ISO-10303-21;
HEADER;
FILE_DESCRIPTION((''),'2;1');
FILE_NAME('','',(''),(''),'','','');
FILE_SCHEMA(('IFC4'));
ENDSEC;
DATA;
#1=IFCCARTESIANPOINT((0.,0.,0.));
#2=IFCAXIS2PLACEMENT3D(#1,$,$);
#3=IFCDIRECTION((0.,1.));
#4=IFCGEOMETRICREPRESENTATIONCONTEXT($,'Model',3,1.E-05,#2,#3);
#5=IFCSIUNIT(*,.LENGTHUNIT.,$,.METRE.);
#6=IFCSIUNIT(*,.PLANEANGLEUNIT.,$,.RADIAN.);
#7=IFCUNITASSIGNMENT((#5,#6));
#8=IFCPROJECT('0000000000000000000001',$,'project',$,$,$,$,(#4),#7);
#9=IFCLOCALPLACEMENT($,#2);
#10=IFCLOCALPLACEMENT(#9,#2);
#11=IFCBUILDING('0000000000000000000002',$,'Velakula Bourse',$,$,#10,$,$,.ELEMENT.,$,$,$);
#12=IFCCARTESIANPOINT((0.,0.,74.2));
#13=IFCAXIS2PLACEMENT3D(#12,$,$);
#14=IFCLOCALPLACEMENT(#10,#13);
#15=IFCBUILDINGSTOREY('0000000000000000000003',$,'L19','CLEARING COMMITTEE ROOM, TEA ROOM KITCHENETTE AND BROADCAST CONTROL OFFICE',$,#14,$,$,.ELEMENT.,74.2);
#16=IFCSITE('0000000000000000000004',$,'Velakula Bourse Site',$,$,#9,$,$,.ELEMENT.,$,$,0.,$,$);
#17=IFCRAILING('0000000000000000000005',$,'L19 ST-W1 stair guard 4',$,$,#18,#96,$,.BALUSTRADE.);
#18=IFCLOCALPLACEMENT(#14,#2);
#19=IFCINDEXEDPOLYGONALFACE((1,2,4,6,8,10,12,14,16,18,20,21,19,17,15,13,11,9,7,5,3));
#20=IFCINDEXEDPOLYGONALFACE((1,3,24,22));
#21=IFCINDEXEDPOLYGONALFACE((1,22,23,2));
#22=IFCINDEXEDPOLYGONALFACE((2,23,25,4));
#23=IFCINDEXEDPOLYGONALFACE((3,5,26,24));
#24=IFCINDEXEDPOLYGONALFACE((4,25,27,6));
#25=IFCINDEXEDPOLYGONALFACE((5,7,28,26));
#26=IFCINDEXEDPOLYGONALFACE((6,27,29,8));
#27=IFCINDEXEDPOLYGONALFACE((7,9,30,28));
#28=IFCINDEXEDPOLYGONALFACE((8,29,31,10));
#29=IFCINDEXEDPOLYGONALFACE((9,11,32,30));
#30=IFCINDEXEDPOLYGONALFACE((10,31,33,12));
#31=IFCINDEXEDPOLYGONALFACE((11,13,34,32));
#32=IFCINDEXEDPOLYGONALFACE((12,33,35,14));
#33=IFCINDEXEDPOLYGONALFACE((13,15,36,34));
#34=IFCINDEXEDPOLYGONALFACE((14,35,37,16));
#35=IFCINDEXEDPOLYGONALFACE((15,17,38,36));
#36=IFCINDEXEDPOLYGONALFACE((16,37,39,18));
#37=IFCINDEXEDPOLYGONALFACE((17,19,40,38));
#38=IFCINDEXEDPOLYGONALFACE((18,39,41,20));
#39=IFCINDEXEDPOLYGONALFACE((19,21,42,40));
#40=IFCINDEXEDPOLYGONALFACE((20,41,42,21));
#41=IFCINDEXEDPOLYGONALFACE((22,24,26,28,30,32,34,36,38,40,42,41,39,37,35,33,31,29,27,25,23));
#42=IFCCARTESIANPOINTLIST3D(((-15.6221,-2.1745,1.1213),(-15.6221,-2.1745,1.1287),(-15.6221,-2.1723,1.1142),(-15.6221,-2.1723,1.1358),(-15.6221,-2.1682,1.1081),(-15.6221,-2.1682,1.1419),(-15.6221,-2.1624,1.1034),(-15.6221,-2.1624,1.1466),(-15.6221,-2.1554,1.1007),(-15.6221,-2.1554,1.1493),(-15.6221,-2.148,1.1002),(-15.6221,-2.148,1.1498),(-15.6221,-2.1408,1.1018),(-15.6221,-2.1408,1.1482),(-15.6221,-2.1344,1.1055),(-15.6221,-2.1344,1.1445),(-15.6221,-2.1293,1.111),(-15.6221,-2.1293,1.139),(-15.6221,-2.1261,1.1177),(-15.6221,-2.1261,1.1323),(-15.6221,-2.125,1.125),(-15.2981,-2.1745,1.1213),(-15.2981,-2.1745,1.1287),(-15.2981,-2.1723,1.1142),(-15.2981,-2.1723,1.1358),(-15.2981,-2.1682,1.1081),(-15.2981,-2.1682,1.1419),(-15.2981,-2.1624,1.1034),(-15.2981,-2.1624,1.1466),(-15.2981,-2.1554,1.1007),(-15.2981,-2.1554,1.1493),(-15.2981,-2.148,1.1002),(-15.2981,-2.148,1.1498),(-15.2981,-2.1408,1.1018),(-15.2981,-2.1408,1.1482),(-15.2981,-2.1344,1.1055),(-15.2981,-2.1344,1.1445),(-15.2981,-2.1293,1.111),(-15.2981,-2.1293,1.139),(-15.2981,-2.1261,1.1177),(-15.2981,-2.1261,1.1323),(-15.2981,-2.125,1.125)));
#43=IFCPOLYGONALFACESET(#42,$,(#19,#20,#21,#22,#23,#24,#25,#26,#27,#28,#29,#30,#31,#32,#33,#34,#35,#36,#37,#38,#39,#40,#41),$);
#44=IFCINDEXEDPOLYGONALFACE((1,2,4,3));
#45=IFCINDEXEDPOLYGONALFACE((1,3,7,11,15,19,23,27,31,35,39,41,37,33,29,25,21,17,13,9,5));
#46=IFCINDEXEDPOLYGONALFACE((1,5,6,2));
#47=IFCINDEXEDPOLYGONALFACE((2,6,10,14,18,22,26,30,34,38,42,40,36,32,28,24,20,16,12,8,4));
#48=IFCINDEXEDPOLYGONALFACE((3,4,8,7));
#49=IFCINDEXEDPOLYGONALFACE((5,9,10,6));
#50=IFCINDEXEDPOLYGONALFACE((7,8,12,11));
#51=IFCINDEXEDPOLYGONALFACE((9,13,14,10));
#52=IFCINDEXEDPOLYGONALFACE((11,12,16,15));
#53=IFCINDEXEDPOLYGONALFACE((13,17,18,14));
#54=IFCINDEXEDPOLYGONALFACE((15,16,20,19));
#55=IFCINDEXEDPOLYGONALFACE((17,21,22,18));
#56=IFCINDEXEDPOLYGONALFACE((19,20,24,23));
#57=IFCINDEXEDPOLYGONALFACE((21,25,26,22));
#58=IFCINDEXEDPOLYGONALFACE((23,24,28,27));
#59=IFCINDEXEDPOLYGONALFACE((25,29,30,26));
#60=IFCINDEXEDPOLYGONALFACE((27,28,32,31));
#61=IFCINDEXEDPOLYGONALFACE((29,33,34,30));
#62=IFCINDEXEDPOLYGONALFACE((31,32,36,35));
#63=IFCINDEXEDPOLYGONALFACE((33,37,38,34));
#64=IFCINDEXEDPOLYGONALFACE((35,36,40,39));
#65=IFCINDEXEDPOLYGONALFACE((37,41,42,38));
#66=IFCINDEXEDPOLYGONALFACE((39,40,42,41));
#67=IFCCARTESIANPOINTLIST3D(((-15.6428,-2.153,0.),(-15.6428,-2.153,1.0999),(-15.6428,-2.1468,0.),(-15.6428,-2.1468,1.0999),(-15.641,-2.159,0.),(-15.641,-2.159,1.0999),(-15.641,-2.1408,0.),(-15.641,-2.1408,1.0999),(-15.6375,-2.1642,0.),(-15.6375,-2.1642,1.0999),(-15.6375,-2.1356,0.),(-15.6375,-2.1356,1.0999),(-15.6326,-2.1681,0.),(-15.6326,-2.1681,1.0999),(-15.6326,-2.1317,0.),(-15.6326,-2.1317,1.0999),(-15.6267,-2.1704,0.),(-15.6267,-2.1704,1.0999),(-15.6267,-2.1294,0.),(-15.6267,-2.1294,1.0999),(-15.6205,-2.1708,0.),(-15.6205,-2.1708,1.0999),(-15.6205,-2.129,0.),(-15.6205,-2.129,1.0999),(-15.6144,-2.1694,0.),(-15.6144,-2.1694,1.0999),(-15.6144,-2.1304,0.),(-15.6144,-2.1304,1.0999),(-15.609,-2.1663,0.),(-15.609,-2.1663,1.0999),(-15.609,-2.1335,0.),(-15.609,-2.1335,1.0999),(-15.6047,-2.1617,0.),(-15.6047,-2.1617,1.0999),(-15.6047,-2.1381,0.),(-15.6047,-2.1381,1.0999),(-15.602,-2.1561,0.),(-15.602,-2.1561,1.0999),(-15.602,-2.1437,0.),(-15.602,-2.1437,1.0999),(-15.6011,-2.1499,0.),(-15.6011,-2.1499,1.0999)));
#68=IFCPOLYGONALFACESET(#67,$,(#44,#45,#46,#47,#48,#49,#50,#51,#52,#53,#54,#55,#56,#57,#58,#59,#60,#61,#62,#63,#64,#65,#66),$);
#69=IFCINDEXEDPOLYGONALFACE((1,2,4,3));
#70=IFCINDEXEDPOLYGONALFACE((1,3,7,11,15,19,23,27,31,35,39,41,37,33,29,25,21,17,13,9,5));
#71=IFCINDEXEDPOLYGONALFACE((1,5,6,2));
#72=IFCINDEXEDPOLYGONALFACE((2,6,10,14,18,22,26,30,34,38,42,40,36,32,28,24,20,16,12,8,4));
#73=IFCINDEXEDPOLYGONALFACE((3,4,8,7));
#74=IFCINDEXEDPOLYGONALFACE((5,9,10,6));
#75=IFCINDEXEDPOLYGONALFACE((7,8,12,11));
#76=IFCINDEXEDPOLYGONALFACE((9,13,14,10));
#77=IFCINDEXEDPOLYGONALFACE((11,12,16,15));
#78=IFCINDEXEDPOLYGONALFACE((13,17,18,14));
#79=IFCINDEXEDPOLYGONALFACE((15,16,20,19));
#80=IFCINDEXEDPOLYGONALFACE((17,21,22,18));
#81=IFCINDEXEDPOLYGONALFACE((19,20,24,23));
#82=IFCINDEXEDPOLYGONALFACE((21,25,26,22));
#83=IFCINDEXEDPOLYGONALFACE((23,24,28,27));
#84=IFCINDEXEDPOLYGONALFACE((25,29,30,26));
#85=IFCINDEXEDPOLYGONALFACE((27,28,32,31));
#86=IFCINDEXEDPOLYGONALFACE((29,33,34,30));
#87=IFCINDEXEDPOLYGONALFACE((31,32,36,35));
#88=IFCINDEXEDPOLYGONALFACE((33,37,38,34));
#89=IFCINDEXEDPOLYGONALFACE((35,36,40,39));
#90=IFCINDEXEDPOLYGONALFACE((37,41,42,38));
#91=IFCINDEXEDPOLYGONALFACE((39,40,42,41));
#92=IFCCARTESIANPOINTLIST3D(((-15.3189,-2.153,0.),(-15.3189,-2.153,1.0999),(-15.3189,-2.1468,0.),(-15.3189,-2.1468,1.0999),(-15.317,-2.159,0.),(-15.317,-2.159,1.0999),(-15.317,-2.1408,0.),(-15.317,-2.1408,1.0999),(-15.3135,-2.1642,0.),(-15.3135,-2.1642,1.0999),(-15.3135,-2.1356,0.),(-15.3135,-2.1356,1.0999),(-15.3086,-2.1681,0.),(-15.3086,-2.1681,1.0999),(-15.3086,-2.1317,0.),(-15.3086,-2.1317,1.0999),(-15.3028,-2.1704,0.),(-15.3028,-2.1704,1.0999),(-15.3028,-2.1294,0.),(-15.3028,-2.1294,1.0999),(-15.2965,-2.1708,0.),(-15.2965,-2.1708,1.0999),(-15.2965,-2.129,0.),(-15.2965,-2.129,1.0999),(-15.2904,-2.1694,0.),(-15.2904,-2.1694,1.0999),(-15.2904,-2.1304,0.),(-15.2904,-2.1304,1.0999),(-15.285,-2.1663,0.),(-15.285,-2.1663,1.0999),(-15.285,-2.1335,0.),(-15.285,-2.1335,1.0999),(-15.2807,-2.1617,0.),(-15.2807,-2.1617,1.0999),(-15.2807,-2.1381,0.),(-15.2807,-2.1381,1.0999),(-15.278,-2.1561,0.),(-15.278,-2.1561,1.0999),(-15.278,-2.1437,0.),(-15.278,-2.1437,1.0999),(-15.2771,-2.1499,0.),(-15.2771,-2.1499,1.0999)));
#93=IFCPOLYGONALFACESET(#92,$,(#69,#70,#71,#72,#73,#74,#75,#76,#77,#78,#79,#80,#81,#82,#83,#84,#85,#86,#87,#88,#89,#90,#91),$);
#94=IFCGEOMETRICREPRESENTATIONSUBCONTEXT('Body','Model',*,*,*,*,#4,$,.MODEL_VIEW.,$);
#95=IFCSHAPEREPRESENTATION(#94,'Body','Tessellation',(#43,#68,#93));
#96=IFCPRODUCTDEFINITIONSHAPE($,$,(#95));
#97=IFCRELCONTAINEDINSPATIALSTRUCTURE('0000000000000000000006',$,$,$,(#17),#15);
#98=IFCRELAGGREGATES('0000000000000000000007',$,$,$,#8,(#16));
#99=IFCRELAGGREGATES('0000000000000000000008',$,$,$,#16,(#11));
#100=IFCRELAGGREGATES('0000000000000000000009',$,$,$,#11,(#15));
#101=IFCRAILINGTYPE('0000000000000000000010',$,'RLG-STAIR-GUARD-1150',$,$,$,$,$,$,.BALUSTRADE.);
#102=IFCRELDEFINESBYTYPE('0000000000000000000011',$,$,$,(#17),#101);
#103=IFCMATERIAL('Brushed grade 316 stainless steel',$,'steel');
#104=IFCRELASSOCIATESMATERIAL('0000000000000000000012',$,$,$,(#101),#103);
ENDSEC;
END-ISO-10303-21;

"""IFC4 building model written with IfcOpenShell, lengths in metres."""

from ifc_helpers import new_model, si_unit, direction, frame, origin, origin_2d, place, context, subcontext, project, spatial, circle, extrude, material, type_object, element, save


model = new_model("IFC4")

# Units and contexts
model_context = context("Model", 3, precision=1e-05, world=origin(), true_north=direction((0.0, 1.0)))
body_context = subcontext(model_context, "Body", "Model", "MODEL_VIEW")
ifc_project = project(units=[si_unit("LENGTHUNIT", "METRE"), si_unit("PLANEANGLEUNIT", "RADIAN")], contexts=[model_context])

# Site, building, storey
site_placement = place(None, origin())
site = spatial("IfcSite", under=ifc_project, at=site_placement, Name="Velakula Bourse Site", CompositionType="ELEMENT", RefElevation=0.0)
building_placement = place(site_placement, origin())
building = spatial("IfcBuilding", under=site, at=building_placement, Name="Velakula Bourse", CompositionType="ELEMENT")
storey_placement = place(building_placement, frame((0.0, 0.0, 74.2)))
storey = spatial("IfcBuildingStorey", under=building, at=storey_placement, Name="L19", Description="CLEARING COMMITTEE ROOM, TEA ROOM KITCHENETTE AND BROADCAST CONTROL OFFICE", CompositionType="ELEMENT", Elevation=74.2)

# Shared definitions
ifc_material_1 = material(Name="Brushed grade 316 stainless steel", Category="steel")

# Railing
railing_type_1 = type_object("IfcRailingType", Name="RLG-STAIR-GUARD-1150", PredefinedType="BALUSTRADE", material=ifc_material_1)
railing_1_placement = place(storey_placement, frame((-15.6221, -2.1499, 0.0)))
element("IfcRailing", 1, at=railing_1_placement, inside=storey, type_object=railing_type_1, Name="L19 ST-W1 stair guard 4", PredefinedType="BALUSTRADE", context=body_context, shape_type="SweptSolid", body=[
    extrude(circle(Radius=0.0249, at=origin_2d()), frame((0.0, 0.0, 1.125), z_axis=(1.0, 0.0, 0.0), x_axis=(0.0, 1.0, 0.0)), (0.0, 0.0, 1.0), 0.324),
    extrude(circle(Radius=0.021, at=origin_2d()), origin(), (0.0, 0.0, 1.0), 1.0999),
    extrude(circle(Radius=0.021, at=origin_2d()), frame((0.324, 0.0, 0.0)), (0.0, 0.0, 1.0), 1.0999),
])

save(model, "model.ifc")
